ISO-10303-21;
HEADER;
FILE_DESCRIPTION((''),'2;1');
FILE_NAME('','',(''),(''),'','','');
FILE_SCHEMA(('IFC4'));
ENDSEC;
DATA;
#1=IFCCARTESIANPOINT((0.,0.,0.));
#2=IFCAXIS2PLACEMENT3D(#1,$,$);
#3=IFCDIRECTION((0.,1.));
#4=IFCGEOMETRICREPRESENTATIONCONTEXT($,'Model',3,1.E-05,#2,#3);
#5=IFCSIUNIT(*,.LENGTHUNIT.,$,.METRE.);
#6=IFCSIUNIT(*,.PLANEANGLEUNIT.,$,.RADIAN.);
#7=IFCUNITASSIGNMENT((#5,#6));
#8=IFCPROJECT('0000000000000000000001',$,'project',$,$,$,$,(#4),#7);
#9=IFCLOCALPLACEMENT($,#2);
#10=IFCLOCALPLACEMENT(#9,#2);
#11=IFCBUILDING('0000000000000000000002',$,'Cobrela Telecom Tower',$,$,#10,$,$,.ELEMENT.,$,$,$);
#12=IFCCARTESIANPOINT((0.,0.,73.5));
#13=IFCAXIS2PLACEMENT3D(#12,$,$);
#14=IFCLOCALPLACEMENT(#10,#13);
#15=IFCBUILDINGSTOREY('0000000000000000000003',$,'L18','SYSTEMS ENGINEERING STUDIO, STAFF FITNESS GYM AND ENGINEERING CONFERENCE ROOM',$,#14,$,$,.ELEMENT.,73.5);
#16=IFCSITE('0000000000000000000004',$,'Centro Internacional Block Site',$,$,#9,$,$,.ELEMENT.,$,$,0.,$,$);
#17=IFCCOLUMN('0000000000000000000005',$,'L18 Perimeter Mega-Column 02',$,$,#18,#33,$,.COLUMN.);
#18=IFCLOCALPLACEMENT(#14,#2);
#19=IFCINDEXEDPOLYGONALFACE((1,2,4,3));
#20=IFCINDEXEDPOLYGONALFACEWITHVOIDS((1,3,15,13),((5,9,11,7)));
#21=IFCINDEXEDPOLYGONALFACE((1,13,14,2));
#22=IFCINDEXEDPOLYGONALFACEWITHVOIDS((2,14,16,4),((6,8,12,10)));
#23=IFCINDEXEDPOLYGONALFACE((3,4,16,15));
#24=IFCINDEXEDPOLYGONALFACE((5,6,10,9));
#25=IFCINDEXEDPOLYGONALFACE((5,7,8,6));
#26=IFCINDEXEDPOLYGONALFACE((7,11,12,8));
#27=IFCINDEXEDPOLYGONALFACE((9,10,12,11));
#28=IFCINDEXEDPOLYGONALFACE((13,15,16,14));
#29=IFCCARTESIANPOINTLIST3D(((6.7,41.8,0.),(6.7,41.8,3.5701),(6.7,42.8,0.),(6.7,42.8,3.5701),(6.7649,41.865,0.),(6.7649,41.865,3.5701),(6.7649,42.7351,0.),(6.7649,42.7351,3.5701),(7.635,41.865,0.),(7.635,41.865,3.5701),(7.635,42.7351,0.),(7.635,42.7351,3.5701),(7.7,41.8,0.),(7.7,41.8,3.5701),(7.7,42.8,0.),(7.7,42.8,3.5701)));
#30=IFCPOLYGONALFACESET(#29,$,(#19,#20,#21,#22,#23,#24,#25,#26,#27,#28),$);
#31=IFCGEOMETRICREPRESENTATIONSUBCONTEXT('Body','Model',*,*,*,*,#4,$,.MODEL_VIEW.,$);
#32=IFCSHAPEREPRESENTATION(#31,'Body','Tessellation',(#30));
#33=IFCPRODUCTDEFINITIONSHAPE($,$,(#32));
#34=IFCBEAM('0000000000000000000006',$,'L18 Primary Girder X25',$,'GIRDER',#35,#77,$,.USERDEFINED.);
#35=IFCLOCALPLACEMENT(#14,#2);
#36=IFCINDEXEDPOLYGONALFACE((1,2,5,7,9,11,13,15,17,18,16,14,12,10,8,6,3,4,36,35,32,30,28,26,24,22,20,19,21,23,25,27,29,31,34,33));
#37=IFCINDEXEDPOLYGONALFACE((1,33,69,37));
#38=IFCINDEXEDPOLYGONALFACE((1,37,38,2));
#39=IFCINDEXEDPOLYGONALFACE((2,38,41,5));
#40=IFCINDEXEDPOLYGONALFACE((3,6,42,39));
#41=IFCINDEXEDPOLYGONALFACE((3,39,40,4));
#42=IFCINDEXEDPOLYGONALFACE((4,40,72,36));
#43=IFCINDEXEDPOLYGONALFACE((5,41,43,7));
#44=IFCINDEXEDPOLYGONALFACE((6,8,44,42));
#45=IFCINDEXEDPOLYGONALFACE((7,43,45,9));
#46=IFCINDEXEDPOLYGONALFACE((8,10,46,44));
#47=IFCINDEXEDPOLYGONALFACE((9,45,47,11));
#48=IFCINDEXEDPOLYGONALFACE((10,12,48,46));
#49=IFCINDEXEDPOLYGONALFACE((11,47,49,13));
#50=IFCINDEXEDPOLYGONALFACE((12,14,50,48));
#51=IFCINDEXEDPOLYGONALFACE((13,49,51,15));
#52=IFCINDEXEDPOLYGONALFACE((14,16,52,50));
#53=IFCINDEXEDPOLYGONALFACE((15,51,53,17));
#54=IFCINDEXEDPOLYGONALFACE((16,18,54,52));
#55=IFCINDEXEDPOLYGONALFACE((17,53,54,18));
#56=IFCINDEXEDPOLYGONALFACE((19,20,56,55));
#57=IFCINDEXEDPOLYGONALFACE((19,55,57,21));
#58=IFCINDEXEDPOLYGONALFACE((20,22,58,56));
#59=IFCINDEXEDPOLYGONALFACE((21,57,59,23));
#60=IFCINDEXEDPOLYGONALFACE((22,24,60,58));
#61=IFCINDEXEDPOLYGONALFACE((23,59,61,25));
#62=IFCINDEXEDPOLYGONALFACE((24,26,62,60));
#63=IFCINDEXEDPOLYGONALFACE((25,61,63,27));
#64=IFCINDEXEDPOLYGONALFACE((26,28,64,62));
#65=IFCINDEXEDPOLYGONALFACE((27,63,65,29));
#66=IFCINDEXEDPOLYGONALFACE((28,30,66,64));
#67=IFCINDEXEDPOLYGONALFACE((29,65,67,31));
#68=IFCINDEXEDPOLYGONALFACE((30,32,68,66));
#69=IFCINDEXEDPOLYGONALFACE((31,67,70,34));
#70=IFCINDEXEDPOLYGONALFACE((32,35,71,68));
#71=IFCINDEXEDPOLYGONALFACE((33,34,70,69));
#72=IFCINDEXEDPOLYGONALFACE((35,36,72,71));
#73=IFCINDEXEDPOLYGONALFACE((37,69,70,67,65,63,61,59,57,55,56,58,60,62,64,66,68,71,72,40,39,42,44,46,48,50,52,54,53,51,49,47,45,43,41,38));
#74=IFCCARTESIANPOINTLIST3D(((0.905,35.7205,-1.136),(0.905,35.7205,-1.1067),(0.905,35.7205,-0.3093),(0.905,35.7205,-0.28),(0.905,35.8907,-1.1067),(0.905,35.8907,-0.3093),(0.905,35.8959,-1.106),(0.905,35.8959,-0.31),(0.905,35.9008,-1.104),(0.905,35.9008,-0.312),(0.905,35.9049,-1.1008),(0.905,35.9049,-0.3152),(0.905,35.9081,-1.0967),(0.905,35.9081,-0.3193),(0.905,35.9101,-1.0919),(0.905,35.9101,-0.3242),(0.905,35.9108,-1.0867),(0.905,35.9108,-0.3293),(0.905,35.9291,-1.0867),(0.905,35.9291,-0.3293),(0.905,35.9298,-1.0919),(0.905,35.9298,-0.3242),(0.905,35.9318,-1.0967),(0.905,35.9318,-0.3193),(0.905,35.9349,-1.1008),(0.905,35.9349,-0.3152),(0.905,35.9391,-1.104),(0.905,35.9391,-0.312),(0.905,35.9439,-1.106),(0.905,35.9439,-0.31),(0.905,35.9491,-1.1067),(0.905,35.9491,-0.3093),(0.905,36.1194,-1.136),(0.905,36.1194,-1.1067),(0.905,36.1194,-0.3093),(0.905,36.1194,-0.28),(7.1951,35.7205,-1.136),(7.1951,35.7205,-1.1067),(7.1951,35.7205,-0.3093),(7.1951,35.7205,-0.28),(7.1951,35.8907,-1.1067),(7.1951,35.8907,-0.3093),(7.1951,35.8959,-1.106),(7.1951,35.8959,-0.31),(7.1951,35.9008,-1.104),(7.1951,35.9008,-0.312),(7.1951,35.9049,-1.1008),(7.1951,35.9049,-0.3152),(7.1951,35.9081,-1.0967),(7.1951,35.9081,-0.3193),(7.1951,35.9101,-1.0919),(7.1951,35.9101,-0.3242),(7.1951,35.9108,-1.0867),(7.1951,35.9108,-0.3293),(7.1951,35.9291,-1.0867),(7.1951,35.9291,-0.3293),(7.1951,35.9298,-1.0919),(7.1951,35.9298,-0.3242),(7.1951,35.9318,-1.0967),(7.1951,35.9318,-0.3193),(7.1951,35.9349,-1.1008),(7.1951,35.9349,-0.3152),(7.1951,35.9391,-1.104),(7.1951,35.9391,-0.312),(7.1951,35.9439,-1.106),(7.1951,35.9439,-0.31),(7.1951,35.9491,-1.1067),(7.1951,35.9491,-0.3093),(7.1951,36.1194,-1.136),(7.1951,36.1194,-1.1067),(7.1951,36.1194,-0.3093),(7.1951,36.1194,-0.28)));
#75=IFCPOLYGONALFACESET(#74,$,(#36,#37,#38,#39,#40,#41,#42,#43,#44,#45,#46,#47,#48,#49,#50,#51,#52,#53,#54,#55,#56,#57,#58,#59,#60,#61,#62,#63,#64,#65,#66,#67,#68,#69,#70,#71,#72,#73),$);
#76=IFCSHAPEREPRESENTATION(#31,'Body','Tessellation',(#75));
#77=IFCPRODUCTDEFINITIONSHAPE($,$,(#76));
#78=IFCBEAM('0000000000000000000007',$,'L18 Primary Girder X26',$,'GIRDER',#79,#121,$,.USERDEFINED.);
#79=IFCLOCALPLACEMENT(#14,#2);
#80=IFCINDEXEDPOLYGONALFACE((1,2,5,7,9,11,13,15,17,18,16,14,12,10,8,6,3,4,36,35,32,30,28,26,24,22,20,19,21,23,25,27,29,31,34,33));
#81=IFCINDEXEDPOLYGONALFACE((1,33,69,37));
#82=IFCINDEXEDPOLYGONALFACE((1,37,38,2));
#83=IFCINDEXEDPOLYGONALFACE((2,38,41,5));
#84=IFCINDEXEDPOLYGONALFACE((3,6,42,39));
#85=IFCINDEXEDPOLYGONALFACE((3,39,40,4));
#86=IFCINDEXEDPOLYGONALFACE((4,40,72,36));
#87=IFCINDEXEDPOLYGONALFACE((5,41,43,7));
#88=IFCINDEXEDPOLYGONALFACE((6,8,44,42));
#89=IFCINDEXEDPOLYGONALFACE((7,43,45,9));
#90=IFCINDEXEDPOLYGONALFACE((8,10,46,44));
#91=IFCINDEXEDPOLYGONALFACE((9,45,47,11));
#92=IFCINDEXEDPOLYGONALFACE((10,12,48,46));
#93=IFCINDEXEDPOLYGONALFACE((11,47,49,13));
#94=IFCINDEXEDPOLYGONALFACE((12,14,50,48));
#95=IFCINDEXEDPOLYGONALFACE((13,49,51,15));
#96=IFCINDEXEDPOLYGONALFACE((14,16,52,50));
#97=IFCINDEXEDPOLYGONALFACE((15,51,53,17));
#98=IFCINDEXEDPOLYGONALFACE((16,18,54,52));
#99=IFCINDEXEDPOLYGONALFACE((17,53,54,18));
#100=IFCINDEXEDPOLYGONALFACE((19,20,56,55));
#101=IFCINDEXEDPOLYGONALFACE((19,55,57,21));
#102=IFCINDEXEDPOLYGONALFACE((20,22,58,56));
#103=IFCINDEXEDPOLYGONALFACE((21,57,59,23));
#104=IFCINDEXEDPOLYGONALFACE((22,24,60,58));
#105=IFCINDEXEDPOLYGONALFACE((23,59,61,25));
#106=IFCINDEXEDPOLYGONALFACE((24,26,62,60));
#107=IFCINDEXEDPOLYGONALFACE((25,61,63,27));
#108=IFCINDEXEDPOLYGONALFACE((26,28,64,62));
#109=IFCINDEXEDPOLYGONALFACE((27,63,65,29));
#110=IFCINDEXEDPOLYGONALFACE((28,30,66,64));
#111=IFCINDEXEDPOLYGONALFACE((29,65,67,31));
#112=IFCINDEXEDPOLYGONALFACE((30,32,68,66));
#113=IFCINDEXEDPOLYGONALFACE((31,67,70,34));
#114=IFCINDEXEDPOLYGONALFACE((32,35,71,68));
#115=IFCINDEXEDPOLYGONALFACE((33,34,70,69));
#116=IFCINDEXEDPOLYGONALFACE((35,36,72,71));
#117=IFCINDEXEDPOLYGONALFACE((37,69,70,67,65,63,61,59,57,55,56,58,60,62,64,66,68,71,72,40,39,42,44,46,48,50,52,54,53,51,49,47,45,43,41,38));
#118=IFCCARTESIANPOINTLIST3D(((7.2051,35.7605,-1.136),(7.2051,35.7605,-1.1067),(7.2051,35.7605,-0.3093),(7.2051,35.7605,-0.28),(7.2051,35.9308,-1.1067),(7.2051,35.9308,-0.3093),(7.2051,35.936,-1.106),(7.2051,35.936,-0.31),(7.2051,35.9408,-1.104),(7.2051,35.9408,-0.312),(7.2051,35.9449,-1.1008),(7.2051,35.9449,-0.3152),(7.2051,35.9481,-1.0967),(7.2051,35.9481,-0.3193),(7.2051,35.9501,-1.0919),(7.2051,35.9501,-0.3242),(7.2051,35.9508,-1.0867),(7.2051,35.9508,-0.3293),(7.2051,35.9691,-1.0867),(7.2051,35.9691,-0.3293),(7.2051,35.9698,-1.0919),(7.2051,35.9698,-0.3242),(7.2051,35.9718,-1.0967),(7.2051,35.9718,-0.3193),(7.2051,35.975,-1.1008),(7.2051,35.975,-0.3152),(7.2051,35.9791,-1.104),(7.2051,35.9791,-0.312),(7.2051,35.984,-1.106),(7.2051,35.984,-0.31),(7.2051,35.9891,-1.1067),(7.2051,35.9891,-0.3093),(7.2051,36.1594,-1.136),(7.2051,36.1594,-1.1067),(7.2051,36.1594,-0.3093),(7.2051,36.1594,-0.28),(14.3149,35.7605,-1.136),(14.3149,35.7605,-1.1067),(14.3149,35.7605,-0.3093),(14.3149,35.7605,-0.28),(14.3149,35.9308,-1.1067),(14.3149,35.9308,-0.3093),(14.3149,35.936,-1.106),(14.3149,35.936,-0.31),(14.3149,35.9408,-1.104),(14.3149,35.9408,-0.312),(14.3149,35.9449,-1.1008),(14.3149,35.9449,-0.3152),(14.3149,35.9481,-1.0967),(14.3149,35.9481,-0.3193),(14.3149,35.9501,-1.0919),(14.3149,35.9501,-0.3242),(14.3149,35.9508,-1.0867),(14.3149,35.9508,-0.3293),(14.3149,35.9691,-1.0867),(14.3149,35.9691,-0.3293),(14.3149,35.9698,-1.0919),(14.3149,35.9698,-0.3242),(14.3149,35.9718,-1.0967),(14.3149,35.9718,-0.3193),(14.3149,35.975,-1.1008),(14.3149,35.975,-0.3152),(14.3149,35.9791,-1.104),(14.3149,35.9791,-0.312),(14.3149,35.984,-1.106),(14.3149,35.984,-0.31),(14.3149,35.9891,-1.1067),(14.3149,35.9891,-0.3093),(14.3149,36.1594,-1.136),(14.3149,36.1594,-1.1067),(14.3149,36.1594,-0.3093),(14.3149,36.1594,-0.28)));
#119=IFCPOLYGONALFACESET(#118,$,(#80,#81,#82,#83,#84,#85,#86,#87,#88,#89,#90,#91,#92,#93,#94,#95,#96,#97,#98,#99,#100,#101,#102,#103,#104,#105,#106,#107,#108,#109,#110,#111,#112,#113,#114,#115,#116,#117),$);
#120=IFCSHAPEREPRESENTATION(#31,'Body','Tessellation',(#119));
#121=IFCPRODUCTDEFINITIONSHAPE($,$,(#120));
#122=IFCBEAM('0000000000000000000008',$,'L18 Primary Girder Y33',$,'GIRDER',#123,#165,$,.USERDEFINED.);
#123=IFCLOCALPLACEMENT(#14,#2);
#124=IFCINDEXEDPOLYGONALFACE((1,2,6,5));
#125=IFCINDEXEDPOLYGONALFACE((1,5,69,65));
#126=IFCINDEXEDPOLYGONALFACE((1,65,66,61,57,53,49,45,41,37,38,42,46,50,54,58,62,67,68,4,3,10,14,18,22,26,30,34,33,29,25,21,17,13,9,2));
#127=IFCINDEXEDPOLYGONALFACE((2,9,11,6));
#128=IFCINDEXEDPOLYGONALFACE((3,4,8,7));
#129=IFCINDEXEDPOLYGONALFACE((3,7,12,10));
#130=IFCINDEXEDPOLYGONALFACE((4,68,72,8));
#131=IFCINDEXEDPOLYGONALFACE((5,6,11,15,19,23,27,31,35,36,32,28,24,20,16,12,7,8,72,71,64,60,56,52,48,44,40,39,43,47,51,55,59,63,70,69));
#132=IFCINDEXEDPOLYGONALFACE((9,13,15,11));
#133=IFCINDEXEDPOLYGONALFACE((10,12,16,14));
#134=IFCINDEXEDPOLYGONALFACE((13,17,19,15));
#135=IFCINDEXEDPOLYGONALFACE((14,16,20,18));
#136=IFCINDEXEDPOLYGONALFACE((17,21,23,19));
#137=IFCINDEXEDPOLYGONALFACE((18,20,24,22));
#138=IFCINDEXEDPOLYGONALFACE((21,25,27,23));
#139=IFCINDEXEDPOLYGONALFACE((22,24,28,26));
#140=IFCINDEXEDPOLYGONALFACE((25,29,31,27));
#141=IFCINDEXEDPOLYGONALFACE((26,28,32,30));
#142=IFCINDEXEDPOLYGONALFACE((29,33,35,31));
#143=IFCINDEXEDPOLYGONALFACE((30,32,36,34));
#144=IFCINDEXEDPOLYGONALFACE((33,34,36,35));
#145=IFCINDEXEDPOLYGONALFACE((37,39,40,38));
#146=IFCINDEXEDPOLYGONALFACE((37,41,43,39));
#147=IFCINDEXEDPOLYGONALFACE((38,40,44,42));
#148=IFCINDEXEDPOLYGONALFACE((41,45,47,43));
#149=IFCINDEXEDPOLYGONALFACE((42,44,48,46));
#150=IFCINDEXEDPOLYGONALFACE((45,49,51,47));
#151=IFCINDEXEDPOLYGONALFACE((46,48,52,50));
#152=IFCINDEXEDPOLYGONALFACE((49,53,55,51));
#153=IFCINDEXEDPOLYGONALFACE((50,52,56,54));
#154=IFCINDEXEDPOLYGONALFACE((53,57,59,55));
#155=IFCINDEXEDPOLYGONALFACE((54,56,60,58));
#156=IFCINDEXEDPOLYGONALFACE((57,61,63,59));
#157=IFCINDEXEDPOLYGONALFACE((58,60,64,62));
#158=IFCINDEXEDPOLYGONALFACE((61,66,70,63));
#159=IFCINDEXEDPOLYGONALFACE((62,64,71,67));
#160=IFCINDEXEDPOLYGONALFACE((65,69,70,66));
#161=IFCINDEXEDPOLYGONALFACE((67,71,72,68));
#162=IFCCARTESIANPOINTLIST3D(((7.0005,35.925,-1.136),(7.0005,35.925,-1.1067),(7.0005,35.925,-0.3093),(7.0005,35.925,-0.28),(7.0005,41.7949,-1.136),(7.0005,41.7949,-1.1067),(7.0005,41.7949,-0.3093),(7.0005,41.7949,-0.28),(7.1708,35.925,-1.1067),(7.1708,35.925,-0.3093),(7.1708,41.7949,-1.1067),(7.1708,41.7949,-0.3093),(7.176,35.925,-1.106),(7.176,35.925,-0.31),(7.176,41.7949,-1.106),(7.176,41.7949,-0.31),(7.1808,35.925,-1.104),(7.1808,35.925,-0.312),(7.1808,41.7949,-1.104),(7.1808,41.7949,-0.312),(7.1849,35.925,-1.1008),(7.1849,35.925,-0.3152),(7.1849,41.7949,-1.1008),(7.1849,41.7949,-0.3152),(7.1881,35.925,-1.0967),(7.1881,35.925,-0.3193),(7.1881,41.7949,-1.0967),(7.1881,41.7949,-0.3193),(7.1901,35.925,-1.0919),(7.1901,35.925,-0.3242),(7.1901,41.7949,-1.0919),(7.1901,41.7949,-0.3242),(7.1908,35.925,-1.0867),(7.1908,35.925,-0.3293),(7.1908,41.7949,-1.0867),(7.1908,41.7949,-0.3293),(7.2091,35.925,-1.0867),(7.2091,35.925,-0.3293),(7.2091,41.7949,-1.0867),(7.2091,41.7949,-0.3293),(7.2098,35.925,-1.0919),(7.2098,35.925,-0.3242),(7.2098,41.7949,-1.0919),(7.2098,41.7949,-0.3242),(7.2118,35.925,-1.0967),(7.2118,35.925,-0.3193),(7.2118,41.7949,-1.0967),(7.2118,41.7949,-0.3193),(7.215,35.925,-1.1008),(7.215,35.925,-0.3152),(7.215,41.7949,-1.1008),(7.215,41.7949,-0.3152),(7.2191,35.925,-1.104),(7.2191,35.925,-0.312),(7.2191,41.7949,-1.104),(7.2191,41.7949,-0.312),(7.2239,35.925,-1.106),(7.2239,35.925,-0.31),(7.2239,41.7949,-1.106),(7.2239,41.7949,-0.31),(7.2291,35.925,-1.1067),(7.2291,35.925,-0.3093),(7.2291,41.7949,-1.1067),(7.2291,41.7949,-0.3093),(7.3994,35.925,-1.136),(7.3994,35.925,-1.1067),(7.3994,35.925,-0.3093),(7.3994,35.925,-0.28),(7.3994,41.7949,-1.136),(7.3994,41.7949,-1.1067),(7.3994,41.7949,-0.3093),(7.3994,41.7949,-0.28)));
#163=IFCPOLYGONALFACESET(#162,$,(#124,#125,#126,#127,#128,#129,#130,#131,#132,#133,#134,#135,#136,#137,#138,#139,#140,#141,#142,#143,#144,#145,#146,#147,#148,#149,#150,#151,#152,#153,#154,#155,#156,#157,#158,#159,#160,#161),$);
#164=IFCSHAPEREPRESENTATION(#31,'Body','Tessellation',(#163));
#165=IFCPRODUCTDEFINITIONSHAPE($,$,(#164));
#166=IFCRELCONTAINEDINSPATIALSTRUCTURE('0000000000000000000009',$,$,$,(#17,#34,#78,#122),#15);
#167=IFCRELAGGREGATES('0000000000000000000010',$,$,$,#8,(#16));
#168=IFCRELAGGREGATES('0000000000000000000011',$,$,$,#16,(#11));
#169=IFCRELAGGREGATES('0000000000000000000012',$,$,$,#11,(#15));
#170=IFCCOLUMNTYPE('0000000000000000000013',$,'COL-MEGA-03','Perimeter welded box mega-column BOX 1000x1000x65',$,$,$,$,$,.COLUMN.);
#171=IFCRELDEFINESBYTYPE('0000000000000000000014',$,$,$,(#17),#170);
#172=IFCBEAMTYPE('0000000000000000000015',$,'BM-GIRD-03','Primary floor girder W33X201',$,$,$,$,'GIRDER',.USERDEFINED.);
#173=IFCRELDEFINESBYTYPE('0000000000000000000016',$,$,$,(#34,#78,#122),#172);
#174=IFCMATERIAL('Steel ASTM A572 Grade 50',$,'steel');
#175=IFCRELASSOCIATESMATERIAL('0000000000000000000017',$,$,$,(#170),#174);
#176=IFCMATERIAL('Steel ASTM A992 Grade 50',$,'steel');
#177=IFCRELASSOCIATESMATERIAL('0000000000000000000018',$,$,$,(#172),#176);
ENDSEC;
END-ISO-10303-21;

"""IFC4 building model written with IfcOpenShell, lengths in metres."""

from ifc_helpers import new_model, si_unit, direction, frame, origin, origin_2d, place, context, subcontext, project, spatial, hollow_rectangle, i_section, extrude, material, material_profile, profile_set, type_object, element, save


model = new_model("IFC4")

# Units and contexts
model_context = context("Model", 3, precision=1e-05, world=origin(), true_north=direction((0.0, 1.0)))
body_context = subcontext(model_context, "Body", "Model", "MODEL_VIEW")
ifc_project = project(units=[si_unit("LENGTHUNIT", "METRE"), si_unit("PLANEANGLEUNIT", "RADIAN")], contexts=[model_context])

# Site, building, storey
site_placement = place(None, origin())
site = spatial("IfcSite", under=ifc_project, at=site_placement, Name="Centro Internacional Block Site", CompositionType="ELEMENT", RefElevation=0.0)
building_placement = place(site_placement, origin())
building = spatial("IfcBuilding", under=site, at=building_placement, Name="Cobrela Telecom Tower", CompositionType="ELEMENT")
storey_placement = place(building_placement, frame((0.0, 0.0, 73.5)))
storey = spatial("IfcBuildingStorey", under=building, at=storey_placement, Name="L18", Description="SYSTEMS ENGINEERING STUDIO, STAFF FITNESS GYM AND ENGINEERING CONFERENCE ROOM", CompositionType="ELEMENT", Elevation=73.5)

# Column
ifc_material_1 = material(Name="Steel ASTM A572 Grade 50", Category="steel")
ifc_material_profile_1 = material_profile(ifc_material_1, hollow_rectangle(XDim=1.0, YDim=1.0, WallThickness=0.0649, at=origin_2d()), Name="BOX 1000x1000x65")
ifc_profile_set_1 = profile_set([ifc_material_profile_1], Name="Steel ASTM A572 Grade 50")
column_type = type_object("IfcColumnType", Name="COL-MEGA-03", Description="Perimeter welded box mega-column BOX 1000x1000x65", PredefinedType="COLUMN", material=ifc_profile_set_1)
column_placement = place(storey_placement, frame((7.2, 42.3, 0.0), z_axis=(0.0, 0.0, 1.0), x_axis=(1.0, 0.0, 0.0)))
element("IfcColumn", 1, at=column_placement, inside=storey, type_object=column_type, Name="L18 Perimeter Mega-Column 02", PredefinedType="COLUMN", context=body_context, shape_type="SweptSolid", body=[
    extrude(hollow_rectangle(XDim=1.0, YDim=1.0, WallThickness=0.0649, at=origin_2d()), origin(), (0.0, 0.0, 1.0), 3.5701),
])

# Beams
ifc_material_2 = material(Name="Steel ASTM A992 Grade 50", Category="steel")
ifc_material_profile_2 = material_profile(ifc_material_2, i_section(OverallWidth=0.3989, OverallDepth=0.856, WebThickness=0.0183, FlangeThickness=0.0293, FilletRadius=0.02, at=origin_2d()), Name="W33X201")
ifc_profile_set_2 = profile_set([ifc_material_profile_2], Name="Steel ASTM A992 Grade 50")
beam_type_1 = type_object("IfcBeamType", Name="BM-GIRD-03", Description="Primary floor girder W33X201", ElementType="GIRDER", PredefinedType="USERDEFINED", material=ifc_profile_set_2)
beam_1_placement = place(storey_placement, frame((0.905, 35.9199, -0.708), z_axis=(1.0, 0.0, 0.0), x_axis=(0.0, 1.0, 0.0)))
element("IfcBeam", 2, at=beam_1_placement, inside=storey, type_object=beam_type_1, Name="L18 Primary Girder X25", ObjectType="GIRDER", PredefinedType="USERDEFINED", context=body_context, shape_type="SweptSolid", body=[
    extrude(i_section(OverallWidth=0.3989, OverallDepth=0.856, WebThickness=0.0183, FlangeThickness=0.0293, FilletRadius=0.02, at=origin_2d()), origin(), (0.0, 0.0, 1.0), 6.29),
])
beam_2_placement = place(storey_placement, frame((7.2051, 35.96, -0.708), z_axis=(1.0, 0.0, 0.0), x_axis=(0.0, 1.0, 0.0)))
element("IfcBeam", 3, at=beam_2_placement, inside=storey, type_object=beam_type_1, Name="L18 Primary Girder X26", ObjectType="GIRDER", PredefinedType="USERDEFINED", context=body_context, shape_type="SweptSolid", body=[
    extrude(i_section(OverallWidth=0.3989, OverallDepth=0.856, WebThickness=0.0183, FlangeThickness=0.0293, FilletRadius=0.02, at=origin_2d()), origin(), (0.0, 0.0, 1.0), 7.1099),
])
beam_3_placement = place(storey_placement, frame((7.2, 35.925, -0.708), z_axis=(0.0, 1.0, 0.0), x_axis=(-1.0, 0.0, 0.0)))
element("IfcBeam", 4, at=beam_3_placement, inside=storey, type_object=beam_type_1, Name="L18 Primary Girder Y33", ObjectType="GIRDER", PredefinedType="USERDEFINED", context=body_context, shape_type="SweptSolid", body=[
    extrude(i_section(OverallWidth=0.3989, OverallDepth=0.856, WebThickness=0.0183, FlangeThickness=0.0293, FilletRadius=0.02, at=origin_2d()), origin(), (0.0, 0.0, 1.0), 5.8699),
])

save(model, "model.ifc")
